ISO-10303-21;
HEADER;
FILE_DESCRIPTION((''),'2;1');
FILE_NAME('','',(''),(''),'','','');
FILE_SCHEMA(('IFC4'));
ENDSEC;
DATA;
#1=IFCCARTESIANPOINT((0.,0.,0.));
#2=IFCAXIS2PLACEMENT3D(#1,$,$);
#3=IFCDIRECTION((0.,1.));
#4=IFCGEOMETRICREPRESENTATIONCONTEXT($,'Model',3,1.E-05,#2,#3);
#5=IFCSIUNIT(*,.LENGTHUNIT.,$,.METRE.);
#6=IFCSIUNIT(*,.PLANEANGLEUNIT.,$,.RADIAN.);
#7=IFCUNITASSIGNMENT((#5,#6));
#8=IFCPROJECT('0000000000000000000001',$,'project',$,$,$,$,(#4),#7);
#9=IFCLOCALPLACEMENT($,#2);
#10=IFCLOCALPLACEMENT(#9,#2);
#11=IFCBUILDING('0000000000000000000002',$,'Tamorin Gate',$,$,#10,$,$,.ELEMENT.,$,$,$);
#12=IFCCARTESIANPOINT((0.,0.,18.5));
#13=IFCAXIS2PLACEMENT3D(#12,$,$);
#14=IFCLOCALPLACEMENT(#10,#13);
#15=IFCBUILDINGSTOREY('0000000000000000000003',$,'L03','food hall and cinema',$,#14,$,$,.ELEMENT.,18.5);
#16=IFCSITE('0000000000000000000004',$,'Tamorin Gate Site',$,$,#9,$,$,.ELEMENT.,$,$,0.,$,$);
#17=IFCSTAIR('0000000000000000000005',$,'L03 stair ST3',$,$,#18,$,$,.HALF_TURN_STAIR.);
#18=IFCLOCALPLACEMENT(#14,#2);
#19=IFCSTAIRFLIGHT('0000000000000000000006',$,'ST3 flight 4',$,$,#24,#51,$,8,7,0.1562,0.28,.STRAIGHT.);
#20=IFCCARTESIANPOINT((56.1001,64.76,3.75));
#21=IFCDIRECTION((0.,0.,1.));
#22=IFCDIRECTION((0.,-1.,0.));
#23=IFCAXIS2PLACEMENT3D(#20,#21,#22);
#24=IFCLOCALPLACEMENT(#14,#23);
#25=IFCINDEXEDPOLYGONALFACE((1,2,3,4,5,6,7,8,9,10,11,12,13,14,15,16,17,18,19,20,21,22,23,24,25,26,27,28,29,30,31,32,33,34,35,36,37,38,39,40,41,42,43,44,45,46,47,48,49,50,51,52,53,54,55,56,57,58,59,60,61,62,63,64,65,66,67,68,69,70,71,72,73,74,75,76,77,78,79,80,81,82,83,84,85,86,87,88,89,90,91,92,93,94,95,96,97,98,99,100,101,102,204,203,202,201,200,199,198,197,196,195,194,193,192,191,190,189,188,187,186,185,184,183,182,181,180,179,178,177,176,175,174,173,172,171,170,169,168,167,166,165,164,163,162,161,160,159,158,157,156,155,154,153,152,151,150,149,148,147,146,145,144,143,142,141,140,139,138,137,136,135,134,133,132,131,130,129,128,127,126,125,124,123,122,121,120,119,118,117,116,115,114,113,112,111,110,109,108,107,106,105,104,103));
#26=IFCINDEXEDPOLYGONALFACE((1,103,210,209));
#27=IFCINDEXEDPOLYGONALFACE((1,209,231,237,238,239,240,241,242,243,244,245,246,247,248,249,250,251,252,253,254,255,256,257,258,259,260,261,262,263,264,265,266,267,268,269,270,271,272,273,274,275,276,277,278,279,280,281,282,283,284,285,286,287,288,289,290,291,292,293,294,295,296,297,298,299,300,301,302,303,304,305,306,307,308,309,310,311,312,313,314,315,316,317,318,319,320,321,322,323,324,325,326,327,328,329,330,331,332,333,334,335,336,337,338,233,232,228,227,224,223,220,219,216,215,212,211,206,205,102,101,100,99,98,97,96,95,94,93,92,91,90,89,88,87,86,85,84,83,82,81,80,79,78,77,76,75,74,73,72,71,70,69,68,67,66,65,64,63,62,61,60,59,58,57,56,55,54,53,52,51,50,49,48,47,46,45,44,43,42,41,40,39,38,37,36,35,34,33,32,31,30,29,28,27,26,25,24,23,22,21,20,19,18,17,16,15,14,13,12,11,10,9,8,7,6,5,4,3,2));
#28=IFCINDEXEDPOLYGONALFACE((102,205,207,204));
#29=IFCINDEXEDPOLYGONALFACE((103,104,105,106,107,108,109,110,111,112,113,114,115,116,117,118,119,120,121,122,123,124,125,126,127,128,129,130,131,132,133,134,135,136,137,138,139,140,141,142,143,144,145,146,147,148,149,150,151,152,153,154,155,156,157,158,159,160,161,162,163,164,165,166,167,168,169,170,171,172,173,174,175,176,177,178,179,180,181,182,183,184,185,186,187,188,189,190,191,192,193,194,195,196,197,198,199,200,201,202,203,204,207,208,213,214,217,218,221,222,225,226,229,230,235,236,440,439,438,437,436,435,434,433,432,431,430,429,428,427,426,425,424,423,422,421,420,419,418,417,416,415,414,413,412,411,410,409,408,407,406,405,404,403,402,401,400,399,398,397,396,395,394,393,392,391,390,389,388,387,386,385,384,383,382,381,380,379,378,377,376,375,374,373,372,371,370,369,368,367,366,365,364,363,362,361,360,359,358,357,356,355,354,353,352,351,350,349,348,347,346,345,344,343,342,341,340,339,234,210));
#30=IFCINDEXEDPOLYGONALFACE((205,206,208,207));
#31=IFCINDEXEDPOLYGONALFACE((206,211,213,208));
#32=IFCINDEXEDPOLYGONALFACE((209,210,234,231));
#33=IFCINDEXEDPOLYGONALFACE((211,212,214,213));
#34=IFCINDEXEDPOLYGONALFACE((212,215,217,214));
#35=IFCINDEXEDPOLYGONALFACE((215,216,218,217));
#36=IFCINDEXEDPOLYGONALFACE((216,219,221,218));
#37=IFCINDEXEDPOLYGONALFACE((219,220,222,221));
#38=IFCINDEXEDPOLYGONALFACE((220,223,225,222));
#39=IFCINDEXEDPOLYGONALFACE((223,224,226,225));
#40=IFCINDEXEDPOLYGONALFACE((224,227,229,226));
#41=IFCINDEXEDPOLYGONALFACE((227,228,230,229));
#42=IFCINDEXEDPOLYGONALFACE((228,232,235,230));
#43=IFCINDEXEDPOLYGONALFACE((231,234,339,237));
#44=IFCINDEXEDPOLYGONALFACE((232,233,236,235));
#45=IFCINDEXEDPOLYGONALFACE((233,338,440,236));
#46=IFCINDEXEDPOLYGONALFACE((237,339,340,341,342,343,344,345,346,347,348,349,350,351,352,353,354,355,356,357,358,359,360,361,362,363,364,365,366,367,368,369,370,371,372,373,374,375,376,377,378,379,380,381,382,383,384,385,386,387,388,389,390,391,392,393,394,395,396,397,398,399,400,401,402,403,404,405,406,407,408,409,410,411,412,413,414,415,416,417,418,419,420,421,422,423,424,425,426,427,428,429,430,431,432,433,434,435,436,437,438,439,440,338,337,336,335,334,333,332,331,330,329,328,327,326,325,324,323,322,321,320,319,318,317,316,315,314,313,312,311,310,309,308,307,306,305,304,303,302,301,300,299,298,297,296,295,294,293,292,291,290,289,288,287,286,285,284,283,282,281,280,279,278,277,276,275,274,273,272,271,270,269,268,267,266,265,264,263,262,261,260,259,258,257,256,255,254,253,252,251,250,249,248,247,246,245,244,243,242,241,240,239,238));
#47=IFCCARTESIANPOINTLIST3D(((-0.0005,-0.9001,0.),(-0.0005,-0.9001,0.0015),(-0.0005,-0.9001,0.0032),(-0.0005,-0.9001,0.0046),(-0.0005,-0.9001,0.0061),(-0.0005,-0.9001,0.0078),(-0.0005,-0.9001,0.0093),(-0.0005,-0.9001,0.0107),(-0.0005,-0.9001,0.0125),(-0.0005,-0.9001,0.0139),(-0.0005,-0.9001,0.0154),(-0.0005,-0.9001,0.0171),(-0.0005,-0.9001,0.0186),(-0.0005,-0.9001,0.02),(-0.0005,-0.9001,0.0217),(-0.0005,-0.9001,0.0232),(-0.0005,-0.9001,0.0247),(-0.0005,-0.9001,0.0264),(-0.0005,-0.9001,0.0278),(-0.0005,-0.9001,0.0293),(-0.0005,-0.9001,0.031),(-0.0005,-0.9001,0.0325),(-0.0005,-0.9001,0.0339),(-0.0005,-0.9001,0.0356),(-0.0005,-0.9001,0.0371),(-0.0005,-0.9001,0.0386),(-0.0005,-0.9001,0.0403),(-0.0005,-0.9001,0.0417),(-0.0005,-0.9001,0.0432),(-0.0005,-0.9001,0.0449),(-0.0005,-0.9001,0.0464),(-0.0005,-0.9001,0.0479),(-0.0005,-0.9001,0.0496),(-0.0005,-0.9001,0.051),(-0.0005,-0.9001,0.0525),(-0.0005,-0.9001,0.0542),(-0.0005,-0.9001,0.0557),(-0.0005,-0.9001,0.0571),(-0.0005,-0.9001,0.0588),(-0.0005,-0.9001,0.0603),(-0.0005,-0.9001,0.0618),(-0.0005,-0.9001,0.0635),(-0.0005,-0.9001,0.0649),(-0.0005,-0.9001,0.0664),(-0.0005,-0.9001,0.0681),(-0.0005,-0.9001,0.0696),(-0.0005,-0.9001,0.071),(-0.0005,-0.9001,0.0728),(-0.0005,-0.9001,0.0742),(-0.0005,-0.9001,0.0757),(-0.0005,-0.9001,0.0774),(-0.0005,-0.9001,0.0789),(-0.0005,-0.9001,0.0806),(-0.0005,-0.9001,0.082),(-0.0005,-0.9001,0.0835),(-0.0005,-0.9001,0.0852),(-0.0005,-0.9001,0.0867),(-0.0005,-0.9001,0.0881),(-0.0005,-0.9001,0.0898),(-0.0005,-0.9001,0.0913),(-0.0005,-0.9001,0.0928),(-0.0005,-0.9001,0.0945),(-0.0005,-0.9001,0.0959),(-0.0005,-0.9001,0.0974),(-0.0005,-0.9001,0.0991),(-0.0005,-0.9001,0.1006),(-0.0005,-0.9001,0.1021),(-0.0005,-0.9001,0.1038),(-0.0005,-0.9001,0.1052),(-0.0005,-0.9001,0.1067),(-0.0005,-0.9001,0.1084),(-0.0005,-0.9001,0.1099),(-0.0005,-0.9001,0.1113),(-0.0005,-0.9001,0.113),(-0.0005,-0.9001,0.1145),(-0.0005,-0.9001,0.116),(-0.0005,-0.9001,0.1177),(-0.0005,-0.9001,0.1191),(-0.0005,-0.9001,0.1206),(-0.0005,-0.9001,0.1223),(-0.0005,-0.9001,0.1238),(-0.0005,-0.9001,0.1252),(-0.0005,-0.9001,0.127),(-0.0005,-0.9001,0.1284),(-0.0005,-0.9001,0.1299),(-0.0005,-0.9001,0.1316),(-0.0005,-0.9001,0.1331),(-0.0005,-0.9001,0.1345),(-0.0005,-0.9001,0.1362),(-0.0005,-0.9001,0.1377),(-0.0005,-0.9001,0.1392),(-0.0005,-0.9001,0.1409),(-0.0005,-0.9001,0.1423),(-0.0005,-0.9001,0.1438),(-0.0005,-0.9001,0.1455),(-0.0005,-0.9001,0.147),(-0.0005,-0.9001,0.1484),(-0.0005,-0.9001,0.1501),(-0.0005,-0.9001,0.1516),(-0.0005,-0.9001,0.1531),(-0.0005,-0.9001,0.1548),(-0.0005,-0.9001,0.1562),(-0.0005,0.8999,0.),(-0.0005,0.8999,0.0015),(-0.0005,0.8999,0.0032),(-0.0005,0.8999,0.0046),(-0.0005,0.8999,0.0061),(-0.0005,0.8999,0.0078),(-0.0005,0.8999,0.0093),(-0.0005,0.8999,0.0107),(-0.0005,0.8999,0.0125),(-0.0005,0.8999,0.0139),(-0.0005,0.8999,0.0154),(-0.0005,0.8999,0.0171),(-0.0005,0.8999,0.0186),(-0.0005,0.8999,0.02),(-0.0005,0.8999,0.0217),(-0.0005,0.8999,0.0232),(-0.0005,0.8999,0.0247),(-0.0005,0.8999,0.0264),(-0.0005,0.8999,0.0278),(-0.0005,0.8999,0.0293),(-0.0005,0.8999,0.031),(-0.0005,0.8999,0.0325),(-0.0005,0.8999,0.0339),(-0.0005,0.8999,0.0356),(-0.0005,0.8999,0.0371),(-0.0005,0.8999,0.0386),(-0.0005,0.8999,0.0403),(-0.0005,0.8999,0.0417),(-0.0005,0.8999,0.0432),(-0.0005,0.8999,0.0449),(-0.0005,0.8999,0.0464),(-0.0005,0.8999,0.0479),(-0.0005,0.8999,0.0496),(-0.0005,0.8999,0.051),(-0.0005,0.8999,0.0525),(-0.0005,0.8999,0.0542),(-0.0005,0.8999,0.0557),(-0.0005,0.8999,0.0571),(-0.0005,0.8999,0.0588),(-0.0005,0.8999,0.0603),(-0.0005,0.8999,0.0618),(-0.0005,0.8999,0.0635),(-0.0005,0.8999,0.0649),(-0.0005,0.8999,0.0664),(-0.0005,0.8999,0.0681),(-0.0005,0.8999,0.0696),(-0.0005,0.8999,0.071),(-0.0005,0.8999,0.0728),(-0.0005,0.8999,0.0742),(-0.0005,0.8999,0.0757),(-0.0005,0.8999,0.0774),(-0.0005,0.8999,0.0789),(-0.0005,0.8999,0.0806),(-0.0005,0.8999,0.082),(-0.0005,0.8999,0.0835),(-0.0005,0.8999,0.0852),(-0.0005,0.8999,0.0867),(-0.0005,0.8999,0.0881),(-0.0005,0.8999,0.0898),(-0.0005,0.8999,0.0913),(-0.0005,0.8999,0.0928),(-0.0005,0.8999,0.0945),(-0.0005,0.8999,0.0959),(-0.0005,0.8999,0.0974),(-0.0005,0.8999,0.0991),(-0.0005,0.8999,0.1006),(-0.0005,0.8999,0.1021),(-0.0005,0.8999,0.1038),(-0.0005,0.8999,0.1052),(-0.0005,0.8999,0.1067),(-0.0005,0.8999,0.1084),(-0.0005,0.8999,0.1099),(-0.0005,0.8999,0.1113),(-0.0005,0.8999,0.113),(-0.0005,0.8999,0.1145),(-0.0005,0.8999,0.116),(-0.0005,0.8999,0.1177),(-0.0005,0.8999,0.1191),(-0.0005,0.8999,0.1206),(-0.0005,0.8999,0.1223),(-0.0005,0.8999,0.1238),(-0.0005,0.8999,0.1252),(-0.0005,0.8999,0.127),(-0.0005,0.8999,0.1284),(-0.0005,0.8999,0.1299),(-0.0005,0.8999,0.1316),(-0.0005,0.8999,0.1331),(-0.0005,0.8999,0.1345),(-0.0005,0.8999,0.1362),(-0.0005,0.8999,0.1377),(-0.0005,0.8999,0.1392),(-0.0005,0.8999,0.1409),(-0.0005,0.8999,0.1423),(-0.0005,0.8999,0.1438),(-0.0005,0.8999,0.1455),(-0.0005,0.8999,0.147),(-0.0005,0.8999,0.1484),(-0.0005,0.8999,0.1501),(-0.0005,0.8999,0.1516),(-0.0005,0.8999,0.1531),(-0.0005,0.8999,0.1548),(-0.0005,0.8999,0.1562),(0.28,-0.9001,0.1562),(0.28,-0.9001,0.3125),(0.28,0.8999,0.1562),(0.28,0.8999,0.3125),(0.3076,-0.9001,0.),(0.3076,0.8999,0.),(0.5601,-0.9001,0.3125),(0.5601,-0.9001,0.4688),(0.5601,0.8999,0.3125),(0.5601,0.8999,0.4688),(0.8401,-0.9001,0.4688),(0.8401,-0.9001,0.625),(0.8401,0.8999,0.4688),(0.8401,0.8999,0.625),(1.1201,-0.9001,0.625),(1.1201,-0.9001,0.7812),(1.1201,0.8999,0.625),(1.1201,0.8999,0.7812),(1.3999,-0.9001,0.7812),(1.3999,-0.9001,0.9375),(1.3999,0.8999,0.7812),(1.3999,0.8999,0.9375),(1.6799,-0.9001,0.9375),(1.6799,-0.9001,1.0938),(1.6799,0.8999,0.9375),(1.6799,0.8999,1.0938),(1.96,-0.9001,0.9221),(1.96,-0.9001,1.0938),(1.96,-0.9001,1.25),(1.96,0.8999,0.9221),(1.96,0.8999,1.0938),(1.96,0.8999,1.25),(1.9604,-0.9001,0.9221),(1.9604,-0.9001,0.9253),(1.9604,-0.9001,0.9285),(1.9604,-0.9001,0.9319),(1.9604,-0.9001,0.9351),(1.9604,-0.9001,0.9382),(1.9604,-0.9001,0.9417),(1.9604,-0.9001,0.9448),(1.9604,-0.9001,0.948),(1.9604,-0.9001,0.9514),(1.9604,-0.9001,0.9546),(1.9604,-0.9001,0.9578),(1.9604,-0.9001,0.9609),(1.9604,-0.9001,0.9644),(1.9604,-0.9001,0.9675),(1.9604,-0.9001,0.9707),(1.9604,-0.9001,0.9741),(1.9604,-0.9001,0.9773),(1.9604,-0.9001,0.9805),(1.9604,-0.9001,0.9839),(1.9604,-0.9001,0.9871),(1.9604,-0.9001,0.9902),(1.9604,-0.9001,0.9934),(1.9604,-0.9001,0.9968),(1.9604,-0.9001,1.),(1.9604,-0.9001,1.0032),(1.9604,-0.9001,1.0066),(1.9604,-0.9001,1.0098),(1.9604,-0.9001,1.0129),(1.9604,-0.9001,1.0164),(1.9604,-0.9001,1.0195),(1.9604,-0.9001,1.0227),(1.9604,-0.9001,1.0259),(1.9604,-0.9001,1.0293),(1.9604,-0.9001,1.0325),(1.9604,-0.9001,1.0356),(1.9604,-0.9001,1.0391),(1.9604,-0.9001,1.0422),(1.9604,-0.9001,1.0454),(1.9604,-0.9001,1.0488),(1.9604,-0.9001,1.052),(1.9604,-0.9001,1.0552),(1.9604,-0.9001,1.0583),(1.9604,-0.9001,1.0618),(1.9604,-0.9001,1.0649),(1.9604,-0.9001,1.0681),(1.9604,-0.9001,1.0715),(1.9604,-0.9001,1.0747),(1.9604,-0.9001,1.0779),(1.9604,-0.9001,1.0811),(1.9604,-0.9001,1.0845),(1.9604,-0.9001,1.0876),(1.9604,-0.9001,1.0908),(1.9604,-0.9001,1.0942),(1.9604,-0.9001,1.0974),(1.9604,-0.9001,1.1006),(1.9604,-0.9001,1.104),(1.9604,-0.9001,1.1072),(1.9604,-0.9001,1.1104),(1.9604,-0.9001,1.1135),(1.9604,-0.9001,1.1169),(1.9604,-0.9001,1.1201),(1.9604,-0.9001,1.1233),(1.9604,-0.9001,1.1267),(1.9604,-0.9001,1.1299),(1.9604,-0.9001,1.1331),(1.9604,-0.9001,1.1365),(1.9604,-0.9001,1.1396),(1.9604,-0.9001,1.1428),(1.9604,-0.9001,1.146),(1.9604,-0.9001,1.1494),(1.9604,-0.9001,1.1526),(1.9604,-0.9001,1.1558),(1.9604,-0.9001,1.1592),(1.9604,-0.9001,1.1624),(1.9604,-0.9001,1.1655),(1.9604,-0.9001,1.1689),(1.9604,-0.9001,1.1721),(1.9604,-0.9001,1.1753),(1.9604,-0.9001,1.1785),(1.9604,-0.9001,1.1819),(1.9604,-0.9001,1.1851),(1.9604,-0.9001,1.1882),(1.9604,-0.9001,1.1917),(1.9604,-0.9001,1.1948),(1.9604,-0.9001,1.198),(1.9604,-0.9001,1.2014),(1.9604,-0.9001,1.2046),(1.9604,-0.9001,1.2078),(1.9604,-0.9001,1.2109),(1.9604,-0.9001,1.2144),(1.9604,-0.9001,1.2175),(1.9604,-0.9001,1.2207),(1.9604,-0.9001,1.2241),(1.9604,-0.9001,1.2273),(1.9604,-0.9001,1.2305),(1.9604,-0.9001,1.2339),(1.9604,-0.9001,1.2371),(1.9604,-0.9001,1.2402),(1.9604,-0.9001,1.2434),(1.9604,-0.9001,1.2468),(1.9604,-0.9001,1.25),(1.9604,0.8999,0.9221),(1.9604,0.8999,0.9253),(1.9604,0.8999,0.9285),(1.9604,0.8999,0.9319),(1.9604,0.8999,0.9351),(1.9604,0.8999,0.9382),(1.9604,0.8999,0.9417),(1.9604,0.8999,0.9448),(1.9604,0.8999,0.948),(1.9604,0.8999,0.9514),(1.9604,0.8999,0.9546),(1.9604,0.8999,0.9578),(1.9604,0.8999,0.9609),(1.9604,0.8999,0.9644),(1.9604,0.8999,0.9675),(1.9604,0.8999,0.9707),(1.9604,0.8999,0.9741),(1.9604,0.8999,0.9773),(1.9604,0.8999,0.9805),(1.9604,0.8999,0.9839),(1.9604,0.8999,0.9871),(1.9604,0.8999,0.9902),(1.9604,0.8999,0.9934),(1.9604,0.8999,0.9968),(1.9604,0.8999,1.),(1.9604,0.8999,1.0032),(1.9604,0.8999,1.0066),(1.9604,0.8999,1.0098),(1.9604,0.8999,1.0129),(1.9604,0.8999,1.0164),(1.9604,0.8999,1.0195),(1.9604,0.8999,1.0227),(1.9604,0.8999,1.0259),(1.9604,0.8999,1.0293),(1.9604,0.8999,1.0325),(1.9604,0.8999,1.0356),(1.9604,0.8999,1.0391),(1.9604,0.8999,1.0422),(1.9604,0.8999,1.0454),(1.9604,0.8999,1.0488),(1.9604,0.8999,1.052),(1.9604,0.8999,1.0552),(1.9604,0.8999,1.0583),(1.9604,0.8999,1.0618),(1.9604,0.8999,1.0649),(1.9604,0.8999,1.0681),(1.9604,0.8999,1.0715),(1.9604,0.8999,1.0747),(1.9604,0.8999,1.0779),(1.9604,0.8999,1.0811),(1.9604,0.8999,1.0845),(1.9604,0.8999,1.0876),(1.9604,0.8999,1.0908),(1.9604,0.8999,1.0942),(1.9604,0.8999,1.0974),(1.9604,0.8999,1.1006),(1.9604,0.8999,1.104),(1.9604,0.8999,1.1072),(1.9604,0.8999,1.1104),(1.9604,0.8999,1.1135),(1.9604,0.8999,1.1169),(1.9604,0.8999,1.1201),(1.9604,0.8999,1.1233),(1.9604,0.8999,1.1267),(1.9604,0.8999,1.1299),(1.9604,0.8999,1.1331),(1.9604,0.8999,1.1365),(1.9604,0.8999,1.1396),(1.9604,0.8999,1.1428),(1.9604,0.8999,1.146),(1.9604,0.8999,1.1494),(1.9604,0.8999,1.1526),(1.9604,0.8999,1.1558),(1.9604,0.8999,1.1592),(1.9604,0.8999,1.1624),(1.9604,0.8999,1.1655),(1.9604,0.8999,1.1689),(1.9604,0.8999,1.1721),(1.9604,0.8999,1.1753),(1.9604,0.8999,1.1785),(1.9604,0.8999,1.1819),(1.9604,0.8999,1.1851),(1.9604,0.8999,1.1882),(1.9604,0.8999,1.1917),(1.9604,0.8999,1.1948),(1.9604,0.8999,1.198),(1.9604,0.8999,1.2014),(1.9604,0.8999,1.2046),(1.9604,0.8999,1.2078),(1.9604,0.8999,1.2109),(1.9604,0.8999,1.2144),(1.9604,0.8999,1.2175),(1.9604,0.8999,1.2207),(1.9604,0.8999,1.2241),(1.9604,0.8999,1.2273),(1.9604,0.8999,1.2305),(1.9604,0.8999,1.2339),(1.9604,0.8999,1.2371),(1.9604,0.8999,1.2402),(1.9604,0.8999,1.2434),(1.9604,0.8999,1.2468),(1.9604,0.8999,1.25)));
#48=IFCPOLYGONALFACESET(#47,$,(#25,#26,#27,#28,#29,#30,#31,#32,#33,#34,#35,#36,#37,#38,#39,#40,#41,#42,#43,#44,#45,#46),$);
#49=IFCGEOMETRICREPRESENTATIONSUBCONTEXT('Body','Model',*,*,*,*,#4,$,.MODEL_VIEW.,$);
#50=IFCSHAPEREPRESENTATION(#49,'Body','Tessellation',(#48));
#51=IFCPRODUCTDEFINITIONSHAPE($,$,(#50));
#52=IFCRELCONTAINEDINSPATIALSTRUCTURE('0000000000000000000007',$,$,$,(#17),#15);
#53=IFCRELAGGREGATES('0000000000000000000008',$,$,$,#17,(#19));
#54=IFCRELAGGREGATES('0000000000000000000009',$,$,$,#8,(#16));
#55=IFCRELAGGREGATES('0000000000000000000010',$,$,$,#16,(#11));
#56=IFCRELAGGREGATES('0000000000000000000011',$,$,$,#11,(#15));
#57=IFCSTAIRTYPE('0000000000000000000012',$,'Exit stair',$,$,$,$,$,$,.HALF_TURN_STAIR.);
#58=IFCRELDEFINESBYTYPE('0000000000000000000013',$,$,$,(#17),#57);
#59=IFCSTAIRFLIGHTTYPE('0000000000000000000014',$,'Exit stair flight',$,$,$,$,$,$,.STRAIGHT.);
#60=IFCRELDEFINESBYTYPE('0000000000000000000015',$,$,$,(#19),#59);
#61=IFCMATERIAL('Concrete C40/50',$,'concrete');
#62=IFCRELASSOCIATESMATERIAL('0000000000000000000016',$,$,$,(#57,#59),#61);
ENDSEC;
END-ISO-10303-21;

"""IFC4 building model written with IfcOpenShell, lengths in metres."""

from ifc_helpers import new_model, si_unit, direction, frame, origin, place, context, subcontext, project, spatial, polyline, outline, extrude, material, type_object, element, aggregate, save


model = new_model("IFC4")

# Units and contexts
model_context = context("Model", 3, precision=1e-05, world=origin(), true_north=direction((0.0, 1.0)))
body_context = subcontext(model_context, "Body", "Model", "MODEL_VIEW")
ifc_project = project(units=[si_unit("LENGTHUNIT", "METRE"), si_unit("PLANEANGLEUNIT", "RADIAN")], contexts=[model_context])

# Site, building, storey
site_placement = place(None, origin())
site = spatial("IfcSite", under=ifc_project, at=site_placement, Name="Tamorin Gate Site", CompositionType="ELEMENT", RefElevation=0.0)
building_placement = place(site_placement, origin())
building = spatial("IfcBuilding", under=site, at=building_placement, Name="Tamorin Gate", CompositionType="ELEMENT")
storey_placement = place(building_placement, frame((0.0, 0.0, 18.5)))
storey = spatial("IfcBuildingStorey", under=building, at=storey_placement, Name="L03", Description="food hall and cinema", CompositionType="ELEMENT", Elevation=18.5)

# Stair, stair flight
ifc_material_1 = material(Name="Concrete C40/50", Category="concrete")
stair_type = type_object("IfcStairType", Name="Exit stair", PredefinedType="HALF_TURN_STAIR", material=ifc_material_1)
stair_placement = place(storey_placement, origin())
stair = element("IfcStair", 1, at=stair_placement, inside=storey, type_object=stair_type, Name="L03 stair ST3", PredefinedType="HALF_TURN_STAIR")
stair_flight_type = type_object("IfcStairFlightType", Name="Exit stair flight", PredefinedType="STRAIGHT", material=ifc_material_1)
stair_flight_1_placement = place(storey_placement, frame((56.1001, 64.76, 3.75), z_axis=(0.0, 0.0, 1.0), x_axis=(0.0, -1.0, 0.0)))
stair_flight_1 = element("IfcStairFlight", 2, at=stair_flight_1_placement, type_object=stair_flight_type, Name="ST3 flight 4", NumberOfRisers=8, NumberOfTreads=7, PredefinedType="STRAIGHT", RiserHeight=0.1562, TreadLength=0.28, context=body_context, shape_type="SweptSolid", body=[
    extrude(outline(polyline([(-0.0005, 0.0), (-0.0005, 0.0015), (-0.0005, 0.0032), (-0.0005, 0.0046), (-0.0005, 0.0061), (-0.0005, 0.0078), (-0.0005, 0.0093), (-0.0005, 0.0107), (-0.0005, 0.0125), (-0.0005, 0.0139), (-0.0005, 0.0154), (-0.0005, 0.0171), (-0.0005, 0.0186), (-0.0005, 0.02), (-0.0005, 0.0217), (-0.0005, 0.0232), (-0.0005, 0.0247), (-0.0005, 0.0264), (-0.0005, 0.0278), (-0.0005, 0.0293), (-0.0005, 0.031), (-0.0005, 0.0325), (-0.0005, 0.0339), (-0.0005, 0.0356), (-0.0005, 0.0371), (-0.0005, 0.0386), (-0.0005, 0.0403), (-0.0005, 0.0417), (-0.0005, 0.0432), (-0.0005, 0.0449), (-0.0005, 0.0464), (-0.0005, 0.0479), (-0.0005, 0.0496), (-0.0005, 0.051), (-0.0005, 0.0525), (-0.0005, 0.0542), (-0.0005, 0.0557), (-0.0005, 0.0571), (-0.0005, 0.0588), (-0.0005, 0.0603), (-0.0005, 0.0618), (-0.0005, 0.0635), (-0.0005, 0.0649), (-0.0005, 0.0664), (-0.0005, 0.0681), (-0.0005, 0.0696), (-0.0005, 0.071), (-0.0005, 0.0728), (-0.0005, 0.0742), (-0.0005, 0.0757), (-0.0005, 0.0774), (-0.0005, 0.0789), (-0.0005, 0.0806), (-0.0005, 0.082), (-0.0005, 0.0835), (-0.0005, 0.0852), (-0.0005, 0.0867), (-0.0005, 0.0881), (-0.0005, 0.0898), (-0.0005, 0.0913), (-0.0005, 0.0928), (-0.0005, 0.0945), (-0.0005, 0.0959), (-0.0005, 0.0974), (-0.0005, 0.0991), (-0.0005, 0.1006), (-0.0005, 0.1021), (-0.0005, 0.1038), (-0.0005, 0.1052), (-0.0005, 0.1067), (-0.0005, 0.1084), (-0.0005, 0.1099), (-0.0005, 0.1113), (-0.0005, 0.113), (-0.0005, 0.1145), (-0.0005, 0.116), (-0.0005, 0.1177), (-0.0005, 0.1191), (-0.0005, 0.1206), (-0.0005, 0.1223), (-0.0005, 0.1238), (-0.0005, 0.1252), (-0.0005, 0.127), (-0.0005, 0.1284), (-0.0005, 0.1299), (-0.0005, 0.1316), (-0.0005, 0.1331), (-0.0005, 0.1345), (-0.0005, 0.1362), (-0.0005, 0.1377), (-0.0005, 0.1392), (-0.0005, 0.1409), (-0.0005, 0.1423), (-0.0005, 0.1438), (-0.0005, 0.1455), (-0.0005, 0.147), (-0.0005, 0.1484), (-0.0005, 0.1501), (-0.0005, 0.1516), (-0.0005, 0.1531), (-0.0005, 0.1548), (-0.0005, 0.1562), (0.28, 0.1562), (0.28, 0.3125), (0.5601, 0.3125), (0.5601, 0.4688), (0.8401, 0.4688), (0.8401, 0.625), (1.1201, 0.625), (1.1201, 0.7812), (1.3999, 0.7812), (1.3999, 0.9375), (1.6799, 0.9375), (1.6799, 1.0938), (1.96, 1.0938), (1.96, 1.25), (1.9604, 1.25), (1.9604, 1.2468), (1.9604, 1.2434), (1.9604, 1.2402), (1.9604, 1.2371), (1.9604, 1.2339), (1.9604, 1.2305), (1.9604, 1.2273), (1.9604, 1.2241), (1.9604, 1.2207), (1.9604, 1.2175), (1.9604, 1.2144), (1.9604, 1.2109), (1.9604, 1.2078), (1.9604, 1.2046), (1.9604, 1.2014), (1.9604, 1.198), (1.9604, 1.1948), (1.9604, 1.1917), (1.9604, 1.1882), (1.9604, 1.1851), (1.9604, 1.1819), (1.9604, 1.1785), (1.9604, 1.1753), (1.9604, 1.1721), (1.9604, 1.1689), (1.9604, 1.1655), (1.9604, 1.1624), (1.9604, 1.1592), (1.9604, 1.1558), (1.9604, 1.1526), (1.9604, 1.1494), (1.9604, 1.146), (1.9604, 1.1428), (1.9604, 1.1396), (1.9604, 1.1365), (1.9604, 1.1331), (1.9604, 1.1299), (1.9604, 1.1267), (1.9604, 1.1233), (1.9604, 1.1201), (1.9604, 1.1169), (1.9604, 1.1135), (1.9604, 1.1104), (1.9604, 1.1072), (1.9604, 1.104), (1.9604, 1.1006), (1.9604, 1.0974), (1.9604, 1.0942), (1.9604, 1.0908), (1.9604, 1.0876), (1.9604, 1.0845), (1.9604, 1.0811), (1.9604, 1.0779), (1.9604, 1.0747), (1.9604, 1.0715), (1.9604, 1.0681), (1.9604, 1.0649), (1.9604, 1.0618), (1.9604, 1.0583), (1.9604, 1.0552), (1.9604, 1.052), (1.9604, 1.0488), (1.9604, 1.0454), (1.9604, 1.0422), (1.9604, 1.0391), (1.9604, 1.0356), (1.9604, 1.0325), (1.9604, 1.0293), (1.9604, 1.0259), (1.9604, 1.0227), (1.9604, 1.0195), (1.9604, 1.0164), (1.9604, 1.0129), (1.9604, 1.0098), (1.9604, 1.0066), (1.9604, 1.0032), (1.9604, 1.0), (1.9604, 0.9968), (1.9604, 0.9934), (1.9604, 0.9902), (1.9604, 0.9871), (1.9604, 0.9839), (1.9604, 0.9805), (1.9604, 0.9773), (1.9604, 0.9741), (1.9604, 0.9707), (1.9604, 0.9675), (1.9604, 0.9644), (1.9604, 0.9609), (1.9604, 0.9578), (1.9604, 0.9546), (1.9604, 0.9514), (1.9604, 0.948), (1.9604, 0.9448), (1.9604, 0.9417), (1.9604, 0.9382), (1.9604, 0.9351), (1.9604, 0.9319), (1.9604, 0.9285), (1.9604, 0.9253), (1.9604, 0.9221), (1.96, 0.9221), (0.3076, 0.0), (-0.0005, 0.0)])), frame((0.0, 0.8999, 0.0), z_axis=(0.0, -1.0, 0.0), x_axis=(1.0, 0.0, 0.0)), (0.0, 0.0, 1.0), 1.8),
])
aggregate(stair, [stair_flight_1])

save(model, "model.ifc")
